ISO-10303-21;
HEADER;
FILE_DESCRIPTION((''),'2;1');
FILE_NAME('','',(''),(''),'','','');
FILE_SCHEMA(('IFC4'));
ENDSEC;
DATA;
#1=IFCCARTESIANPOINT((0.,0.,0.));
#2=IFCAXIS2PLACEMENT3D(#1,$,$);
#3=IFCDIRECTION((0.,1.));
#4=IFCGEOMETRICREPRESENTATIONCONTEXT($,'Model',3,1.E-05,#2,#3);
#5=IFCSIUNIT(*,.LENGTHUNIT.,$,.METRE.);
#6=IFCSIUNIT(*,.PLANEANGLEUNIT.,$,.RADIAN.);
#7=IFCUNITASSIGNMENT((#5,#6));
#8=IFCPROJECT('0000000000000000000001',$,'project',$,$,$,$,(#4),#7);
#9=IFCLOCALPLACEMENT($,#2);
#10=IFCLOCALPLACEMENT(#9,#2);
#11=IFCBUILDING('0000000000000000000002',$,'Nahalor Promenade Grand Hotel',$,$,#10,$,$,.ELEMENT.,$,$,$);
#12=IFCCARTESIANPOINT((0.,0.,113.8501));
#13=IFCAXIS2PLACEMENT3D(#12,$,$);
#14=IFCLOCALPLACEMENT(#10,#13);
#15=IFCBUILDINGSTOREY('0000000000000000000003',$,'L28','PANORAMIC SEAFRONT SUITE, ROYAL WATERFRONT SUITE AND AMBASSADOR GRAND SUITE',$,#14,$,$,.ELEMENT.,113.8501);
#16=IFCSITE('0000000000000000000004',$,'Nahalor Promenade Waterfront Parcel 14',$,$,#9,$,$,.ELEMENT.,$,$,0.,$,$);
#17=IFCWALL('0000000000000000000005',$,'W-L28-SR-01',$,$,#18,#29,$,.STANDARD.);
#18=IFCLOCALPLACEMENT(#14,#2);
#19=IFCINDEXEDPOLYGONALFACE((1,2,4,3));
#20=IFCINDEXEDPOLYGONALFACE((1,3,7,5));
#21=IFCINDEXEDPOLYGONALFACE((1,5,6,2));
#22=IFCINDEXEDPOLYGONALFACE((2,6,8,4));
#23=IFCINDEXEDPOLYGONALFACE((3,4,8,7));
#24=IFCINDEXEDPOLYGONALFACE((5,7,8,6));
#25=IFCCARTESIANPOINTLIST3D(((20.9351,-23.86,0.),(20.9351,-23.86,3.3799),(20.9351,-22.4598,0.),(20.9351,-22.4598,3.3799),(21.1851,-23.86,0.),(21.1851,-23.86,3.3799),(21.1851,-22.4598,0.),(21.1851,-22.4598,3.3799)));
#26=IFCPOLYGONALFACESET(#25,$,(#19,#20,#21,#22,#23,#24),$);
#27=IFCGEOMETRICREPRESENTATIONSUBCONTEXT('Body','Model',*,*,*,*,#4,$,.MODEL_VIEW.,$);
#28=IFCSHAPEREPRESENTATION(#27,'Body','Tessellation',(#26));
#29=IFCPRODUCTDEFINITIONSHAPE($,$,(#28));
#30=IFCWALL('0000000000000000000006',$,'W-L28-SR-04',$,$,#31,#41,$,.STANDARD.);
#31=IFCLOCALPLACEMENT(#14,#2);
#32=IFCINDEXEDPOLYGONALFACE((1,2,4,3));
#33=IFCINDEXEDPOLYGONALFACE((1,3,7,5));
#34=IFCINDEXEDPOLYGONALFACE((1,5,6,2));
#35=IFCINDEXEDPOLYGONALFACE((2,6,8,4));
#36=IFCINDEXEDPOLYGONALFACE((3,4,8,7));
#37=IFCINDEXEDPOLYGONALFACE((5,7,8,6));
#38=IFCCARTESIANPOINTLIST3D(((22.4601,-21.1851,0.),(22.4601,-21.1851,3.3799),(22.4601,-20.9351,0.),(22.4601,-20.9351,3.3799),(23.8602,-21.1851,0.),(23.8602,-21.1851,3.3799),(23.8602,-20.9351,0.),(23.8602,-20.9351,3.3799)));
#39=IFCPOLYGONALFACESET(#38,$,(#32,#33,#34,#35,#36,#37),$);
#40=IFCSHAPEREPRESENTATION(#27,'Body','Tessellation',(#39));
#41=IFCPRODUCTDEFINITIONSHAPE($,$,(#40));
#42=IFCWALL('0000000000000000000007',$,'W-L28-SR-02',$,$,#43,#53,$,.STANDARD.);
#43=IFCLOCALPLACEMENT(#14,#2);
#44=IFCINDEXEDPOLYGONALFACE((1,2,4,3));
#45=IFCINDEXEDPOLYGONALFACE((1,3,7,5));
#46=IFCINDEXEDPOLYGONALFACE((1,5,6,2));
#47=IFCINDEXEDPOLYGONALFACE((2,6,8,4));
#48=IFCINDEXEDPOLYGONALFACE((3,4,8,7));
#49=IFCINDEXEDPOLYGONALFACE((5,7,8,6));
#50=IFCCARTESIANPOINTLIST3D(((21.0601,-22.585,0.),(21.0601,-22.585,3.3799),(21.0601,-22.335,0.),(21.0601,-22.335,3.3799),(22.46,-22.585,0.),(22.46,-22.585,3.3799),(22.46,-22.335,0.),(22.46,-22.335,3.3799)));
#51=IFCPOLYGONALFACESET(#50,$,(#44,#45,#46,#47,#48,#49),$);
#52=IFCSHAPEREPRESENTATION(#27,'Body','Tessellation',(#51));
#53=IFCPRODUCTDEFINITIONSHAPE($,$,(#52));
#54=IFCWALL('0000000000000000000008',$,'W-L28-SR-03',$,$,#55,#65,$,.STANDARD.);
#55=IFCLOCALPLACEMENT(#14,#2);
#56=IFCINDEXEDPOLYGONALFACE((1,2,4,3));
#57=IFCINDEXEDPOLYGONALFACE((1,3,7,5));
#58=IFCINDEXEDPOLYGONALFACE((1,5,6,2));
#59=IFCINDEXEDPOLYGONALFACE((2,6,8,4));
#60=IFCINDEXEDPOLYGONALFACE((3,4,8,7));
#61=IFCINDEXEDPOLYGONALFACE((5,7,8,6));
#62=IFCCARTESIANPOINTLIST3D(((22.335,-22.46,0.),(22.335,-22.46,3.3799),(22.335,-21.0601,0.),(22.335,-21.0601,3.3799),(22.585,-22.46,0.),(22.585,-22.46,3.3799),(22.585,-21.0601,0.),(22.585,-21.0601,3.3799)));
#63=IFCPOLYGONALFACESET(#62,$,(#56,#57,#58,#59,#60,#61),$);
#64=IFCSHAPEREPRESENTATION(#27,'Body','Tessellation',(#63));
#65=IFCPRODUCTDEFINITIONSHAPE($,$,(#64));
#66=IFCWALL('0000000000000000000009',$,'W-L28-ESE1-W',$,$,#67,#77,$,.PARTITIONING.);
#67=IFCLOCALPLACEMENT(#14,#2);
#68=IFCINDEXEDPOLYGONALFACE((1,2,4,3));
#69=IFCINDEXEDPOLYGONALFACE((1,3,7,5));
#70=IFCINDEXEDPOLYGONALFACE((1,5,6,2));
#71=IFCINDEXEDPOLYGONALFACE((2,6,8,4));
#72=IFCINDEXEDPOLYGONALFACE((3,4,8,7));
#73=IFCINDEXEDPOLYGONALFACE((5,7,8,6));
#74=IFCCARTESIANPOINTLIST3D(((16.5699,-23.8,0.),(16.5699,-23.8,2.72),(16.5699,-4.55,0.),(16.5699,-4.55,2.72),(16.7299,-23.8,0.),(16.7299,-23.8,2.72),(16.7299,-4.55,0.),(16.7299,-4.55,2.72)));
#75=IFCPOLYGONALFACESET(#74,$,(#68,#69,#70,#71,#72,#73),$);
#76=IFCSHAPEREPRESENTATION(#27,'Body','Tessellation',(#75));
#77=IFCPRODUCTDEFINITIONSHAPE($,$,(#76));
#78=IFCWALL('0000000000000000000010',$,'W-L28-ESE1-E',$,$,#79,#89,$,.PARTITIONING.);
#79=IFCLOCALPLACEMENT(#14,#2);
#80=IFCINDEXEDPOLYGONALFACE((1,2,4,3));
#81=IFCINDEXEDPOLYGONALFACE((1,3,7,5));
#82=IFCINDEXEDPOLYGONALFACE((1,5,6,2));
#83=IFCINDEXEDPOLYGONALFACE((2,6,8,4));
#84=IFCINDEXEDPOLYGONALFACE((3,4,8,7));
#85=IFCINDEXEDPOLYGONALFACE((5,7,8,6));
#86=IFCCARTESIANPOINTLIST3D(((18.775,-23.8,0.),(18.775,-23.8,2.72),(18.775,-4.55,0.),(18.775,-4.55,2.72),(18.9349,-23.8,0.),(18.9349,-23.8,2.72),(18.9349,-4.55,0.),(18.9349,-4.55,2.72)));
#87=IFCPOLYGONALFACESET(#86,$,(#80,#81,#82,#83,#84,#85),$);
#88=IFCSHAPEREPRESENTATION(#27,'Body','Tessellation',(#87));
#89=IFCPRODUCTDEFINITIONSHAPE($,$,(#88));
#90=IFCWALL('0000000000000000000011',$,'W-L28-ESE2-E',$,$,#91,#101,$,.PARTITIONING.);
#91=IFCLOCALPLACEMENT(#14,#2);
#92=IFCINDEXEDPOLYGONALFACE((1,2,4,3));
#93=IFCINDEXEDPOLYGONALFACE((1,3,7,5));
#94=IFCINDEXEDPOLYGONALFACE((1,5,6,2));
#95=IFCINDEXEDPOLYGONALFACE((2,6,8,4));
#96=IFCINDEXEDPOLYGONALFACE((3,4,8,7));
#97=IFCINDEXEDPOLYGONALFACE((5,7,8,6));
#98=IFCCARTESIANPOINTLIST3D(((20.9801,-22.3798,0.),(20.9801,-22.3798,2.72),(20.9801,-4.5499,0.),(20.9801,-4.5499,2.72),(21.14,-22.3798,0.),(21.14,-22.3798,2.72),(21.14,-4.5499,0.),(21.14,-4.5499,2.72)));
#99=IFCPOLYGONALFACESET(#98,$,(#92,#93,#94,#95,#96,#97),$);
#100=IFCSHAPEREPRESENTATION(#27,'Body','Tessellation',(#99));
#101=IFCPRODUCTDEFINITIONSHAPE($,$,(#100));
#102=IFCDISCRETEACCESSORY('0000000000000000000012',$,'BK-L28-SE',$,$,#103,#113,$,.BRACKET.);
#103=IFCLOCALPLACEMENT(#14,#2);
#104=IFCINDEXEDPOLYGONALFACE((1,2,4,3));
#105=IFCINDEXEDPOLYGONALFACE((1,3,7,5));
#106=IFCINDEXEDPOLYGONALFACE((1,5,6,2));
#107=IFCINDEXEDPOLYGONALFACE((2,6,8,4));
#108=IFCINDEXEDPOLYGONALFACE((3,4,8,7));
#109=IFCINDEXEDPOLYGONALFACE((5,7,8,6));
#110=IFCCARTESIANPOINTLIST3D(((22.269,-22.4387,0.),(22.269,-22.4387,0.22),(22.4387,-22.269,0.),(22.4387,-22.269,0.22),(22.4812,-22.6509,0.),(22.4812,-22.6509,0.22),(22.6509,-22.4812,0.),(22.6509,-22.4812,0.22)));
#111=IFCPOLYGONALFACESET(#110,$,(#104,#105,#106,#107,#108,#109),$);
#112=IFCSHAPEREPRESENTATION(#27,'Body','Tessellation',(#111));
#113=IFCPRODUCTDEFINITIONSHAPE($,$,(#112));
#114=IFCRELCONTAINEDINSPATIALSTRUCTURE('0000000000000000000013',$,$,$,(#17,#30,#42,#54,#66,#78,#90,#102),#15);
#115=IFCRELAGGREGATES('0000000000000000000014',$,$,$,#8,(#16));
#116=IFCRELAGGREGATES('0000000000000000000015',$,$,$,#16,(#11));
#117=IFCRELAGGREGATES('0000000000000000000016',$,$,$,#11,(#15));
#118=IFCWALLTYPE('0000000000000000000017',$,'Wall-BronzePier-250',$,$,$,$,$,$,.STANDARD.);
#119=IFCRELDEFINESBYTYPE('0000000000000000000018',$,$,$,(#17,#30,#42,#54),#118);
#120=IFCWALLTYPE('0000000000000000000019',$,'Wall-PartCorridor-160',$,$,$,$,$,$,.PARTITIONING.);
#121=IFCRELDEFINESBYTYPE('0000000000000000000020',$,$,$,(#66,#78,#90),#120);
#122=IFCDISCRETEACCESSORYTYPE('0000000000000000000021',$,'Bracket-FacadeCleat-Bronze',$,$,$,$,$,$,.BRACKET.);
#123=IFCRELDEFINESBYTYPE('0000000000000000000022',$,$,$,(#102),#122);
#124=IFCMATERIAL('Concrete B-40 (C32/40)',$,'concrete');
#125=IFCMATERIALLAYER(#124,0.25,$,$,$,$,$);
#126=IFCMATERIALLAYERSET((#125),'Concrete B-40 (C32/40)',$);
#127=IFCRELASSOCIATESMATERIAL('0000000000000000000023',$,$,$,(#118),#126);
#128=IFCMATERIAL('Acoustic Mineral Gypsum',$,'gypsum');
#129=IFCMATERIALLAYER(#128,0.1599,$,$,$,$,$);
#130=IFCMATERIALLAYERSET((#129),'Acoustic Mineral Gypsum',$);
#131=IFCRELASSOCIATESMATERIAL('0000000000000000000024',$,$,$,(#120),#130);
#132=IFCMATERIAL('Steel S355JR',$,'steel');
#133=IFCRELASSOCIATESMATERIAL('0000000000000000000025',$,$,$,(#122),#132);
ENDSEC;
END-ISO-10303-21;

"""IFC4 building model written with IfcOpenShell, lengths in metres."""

from ifc_helpers import new_model, si_unit, direction, frame, frame_2d, origin, origin_2d, place, context, subcontext, project, spatial, rectangle, extrude, source, transform, mapped, material, layer, layer_set, type_object, element, save


model = new_model("IFC4")

# Units and contexts
model_context = context("Model", 3, precision=1e-05, world=origin(), true_north=direction((0.0, 1.0)))
body_context = subcontext(model_context, "Body", "Model", "MODEL_VIEW")
ifc_project = project(units=[si_unit("LENGTHUNIT", "METRE"), si_unit("PLANEANGLEUNIT", "RADIAN")], contexts=[model_context])

# Site, building, storey
site_placement = place(None, origin())
site = spatial("IfcSite", under=ifc_project, at=site_placement, Name="Nahalor Promenade Waterfront Parcel 14", CompositionType="ELEMENT", RefElevation=0.0)
building_placement = place(site_placement, origin())
building = spatial("IfcBuilding", under=site, at=building_placement, Name="Nahalor Promenade Grand Hotel", CompositionType="ELEMENT")
storey_placement = place(building_placement, frame((0.0, 0.0, 113.8501)))
storey = spatial("IfcBuildingStorey", under=building, at=storey_placement, Name="L28", Description="PANORAMIC SEAFRONT SUITE, ROYAL WATERFRONT SUITE AND AMBASSADOR GRAND SUITE", CompositionType="ELEMENT", Elevation=113.8501)

# Shared definitions
ifc_material_1 = material(Name="Steel S355JR", Category="steel")

# Walls
ifc_material_2 = material(Name="Concrete B-40 (C32/40)", Category="concrete")
ifc_layer_1 = layer(ifc_material_2, 0.25)
ifc_layer_set_1 = layer_set([ifc_layer_1], Name="Concrete B-40 (C32/40)")
wall_type_1 = type_object("IfcWallType", Name="Wall-BronzePier-250", PredefinedType="STANDARD", material=ifc_layer_set_1)
shared_shape_1 = source(origin(), body_context, "Body", "SweptSolid", [
    extrude(rectangle(XDim=1.4001, YDim=0.25, at=frame_2d((0.7002, 0.0))), origin(), (0.0, 0.0, 1.0), 3.3799),
])
for number, where, z_axis, x_axis, name in (
    (1, (21.0601, -23.8601, 0.0), (0.0, 0.0, 1.0), (0.0, 1.0, 0.0), "W-L28-SR-01"),
    (2, (22.46, -21.0601, 0.0), (0.0, 0.0, 1.0), (1.0, 0.0, 0.0), "W-L28-SR-04"),
):
    element("IfcWall", number, at=place(storey_placement, frame(where, z_axis=z_axis, x_axis=x_axis)), inside=storey, type_object=wall_type_1, Name=name, PredefinedType="STANDARD", context=body_context, shape_type="MappedRepresentation", body=[
        mapped(shared_shape_1, transform((0.0, 0.0, 0.0), scale=1.0)),
    ])
shared_shape_2 = source(origin(), body_context, "Body", "SweptSolid", [
    extrude(rectangle(XDim=1.3999, YDim=0.25, at=frame_2d((0.7, 0.0))), origin(), (0.0, 0.0, 1.0), 3.3799),
])
for number, where, z_axis, x_axis, name in (
    (3, (21.0601, -22.46, 0.0), (0.0, 0.0, 1.0), (1.0, 0.0, 0.0), "W-L28-SR-02"),
    (4, (22.46, -22.46, 0.0), (0.0, 0.0, 1.0), (0.0, 1.0, 0.0), "W-L28-SR-03"),
):
    element("IfcWall", number, at=place(storey_placement, frame(where, z_axis=z_axis, x_axis=x_axis)), inside=storey, type_object=wall_type_1, Name=name, PredefinedType="STANDARD", context=body_context, shape_type="MappedRepresentation", body=[
        mapped(shared_shape_2, transform((0.0, 0.0, 0.0), scale=1.0)),
    ])
ifc_material_3 = material(Name="Acoustic Mineral Gypsum", Category="gypsum")
ifc_layer_2 = layer(ifc_material_3, 0.1599)
ifc_layer_set_2 = layer_set([ifc_layer_2], Name="Acoustic Mineral Gypsum")
wall_type_2 = type_object("IfcWallType", Name="Wall-PartCorridor-160", PredefinedType="PARTITIONING", material=ifc_layer_set_2)
shared_shape_3 = source(origin(), body_context, "Body", "SweptSolid", [
    extrude(rectangle(XDim=19.25, YDim=0.1599, at=frame_2d((9.625, 0.0))), origin(), (0.0, 0.0, 1.0), 2.72),
])
for number, where, z_axis, x_axis, name in (
    (5, (16.6499, -23.8, 0.0), (0.0, 0.0, 1.0), (0.0, 1.0, 0.0), "W-L28-ESE1-W"),
    (6, (18.855, -23.8, 0.0), (0.0, 0.0, 1.0), (0.0, 1.0, 0.0), "W-L28-ESE1-E"),
):
    element("IfcWall", number, at=place(storey_placement, frame(where, z_axis=z_axis, x_axis=x_axis)), inside=storey, type_object=wall_type_2, Name=name, PredefinedType="PARTITIONING", context=body_context, shape_type="MappedRepresentation", body=[
        mapped(shared_shape_3, transform((0.0, 0.0, 0.0), scale=1.0)),
    ])
shared_shape_4 = source(origin(), body_context, "Body", "SweptSolid", [
    extrude(rectangle(XDim=17.8298, YDim=0.1599, at=frame_2d((8.915, 0.0))), origin(), (0.0, 0.0, 1.0), 2.72),
])
wall_1_placement = place(storey_placement, frame((21.0601, -22.3799, 0.0), z_axis=(0.0, 0.0, 1.0), x_axis=(0.0, 1.0, 0.0)))
element("IfcWall", 7, at=wall_1_placement, inside=storey, type_object=wall_type_2, Name="W-L28-ESE2-E", PredefinedType="PARTITIONING", context=body_context, shape_type="MappedRepresentation", body=[
    mapped(shared_shape_4, transform((0.0, 0.0, 0.0), scale=1.0)),
])

# Discrete accessory
discrete_accessory_type = type_object("IfcDiscreteAccessoryType", Name="Bracket-FacadeCleat-Bronze", PredefinedType="BRACKET", material=ifc_material_1)
shared_shape_5 = source(origin(), body_context, "Body", "SweptSolid", [
    extrude(rectangle(XDim=0.3, YDim=0.24, at=origin_2d()), origin(), (0.0, 0.0, 1.0), 0.22),
])
discrete_accessory_placement = place(storey_placement, frame((22.46, -22.46, 0.0), z_axis=(0.0, 0.0, 1.0), x_axis=(-0.707107, 0.707107, 0.0)))
element("IfcDiscreteAccessory", 8, at=discrete_accessory_placement, inside=storey, type_object=discrete_accessory_type, Name="BK-L28-SE", PredefinedType="BRACKET", context=body_context, shape_type="MappedRepresentation", body=[
    mapped(shared_shape_5, transform((0.0, 0.0, 0.0), scale=1.0)),
])

save(model, "model.ifc")
